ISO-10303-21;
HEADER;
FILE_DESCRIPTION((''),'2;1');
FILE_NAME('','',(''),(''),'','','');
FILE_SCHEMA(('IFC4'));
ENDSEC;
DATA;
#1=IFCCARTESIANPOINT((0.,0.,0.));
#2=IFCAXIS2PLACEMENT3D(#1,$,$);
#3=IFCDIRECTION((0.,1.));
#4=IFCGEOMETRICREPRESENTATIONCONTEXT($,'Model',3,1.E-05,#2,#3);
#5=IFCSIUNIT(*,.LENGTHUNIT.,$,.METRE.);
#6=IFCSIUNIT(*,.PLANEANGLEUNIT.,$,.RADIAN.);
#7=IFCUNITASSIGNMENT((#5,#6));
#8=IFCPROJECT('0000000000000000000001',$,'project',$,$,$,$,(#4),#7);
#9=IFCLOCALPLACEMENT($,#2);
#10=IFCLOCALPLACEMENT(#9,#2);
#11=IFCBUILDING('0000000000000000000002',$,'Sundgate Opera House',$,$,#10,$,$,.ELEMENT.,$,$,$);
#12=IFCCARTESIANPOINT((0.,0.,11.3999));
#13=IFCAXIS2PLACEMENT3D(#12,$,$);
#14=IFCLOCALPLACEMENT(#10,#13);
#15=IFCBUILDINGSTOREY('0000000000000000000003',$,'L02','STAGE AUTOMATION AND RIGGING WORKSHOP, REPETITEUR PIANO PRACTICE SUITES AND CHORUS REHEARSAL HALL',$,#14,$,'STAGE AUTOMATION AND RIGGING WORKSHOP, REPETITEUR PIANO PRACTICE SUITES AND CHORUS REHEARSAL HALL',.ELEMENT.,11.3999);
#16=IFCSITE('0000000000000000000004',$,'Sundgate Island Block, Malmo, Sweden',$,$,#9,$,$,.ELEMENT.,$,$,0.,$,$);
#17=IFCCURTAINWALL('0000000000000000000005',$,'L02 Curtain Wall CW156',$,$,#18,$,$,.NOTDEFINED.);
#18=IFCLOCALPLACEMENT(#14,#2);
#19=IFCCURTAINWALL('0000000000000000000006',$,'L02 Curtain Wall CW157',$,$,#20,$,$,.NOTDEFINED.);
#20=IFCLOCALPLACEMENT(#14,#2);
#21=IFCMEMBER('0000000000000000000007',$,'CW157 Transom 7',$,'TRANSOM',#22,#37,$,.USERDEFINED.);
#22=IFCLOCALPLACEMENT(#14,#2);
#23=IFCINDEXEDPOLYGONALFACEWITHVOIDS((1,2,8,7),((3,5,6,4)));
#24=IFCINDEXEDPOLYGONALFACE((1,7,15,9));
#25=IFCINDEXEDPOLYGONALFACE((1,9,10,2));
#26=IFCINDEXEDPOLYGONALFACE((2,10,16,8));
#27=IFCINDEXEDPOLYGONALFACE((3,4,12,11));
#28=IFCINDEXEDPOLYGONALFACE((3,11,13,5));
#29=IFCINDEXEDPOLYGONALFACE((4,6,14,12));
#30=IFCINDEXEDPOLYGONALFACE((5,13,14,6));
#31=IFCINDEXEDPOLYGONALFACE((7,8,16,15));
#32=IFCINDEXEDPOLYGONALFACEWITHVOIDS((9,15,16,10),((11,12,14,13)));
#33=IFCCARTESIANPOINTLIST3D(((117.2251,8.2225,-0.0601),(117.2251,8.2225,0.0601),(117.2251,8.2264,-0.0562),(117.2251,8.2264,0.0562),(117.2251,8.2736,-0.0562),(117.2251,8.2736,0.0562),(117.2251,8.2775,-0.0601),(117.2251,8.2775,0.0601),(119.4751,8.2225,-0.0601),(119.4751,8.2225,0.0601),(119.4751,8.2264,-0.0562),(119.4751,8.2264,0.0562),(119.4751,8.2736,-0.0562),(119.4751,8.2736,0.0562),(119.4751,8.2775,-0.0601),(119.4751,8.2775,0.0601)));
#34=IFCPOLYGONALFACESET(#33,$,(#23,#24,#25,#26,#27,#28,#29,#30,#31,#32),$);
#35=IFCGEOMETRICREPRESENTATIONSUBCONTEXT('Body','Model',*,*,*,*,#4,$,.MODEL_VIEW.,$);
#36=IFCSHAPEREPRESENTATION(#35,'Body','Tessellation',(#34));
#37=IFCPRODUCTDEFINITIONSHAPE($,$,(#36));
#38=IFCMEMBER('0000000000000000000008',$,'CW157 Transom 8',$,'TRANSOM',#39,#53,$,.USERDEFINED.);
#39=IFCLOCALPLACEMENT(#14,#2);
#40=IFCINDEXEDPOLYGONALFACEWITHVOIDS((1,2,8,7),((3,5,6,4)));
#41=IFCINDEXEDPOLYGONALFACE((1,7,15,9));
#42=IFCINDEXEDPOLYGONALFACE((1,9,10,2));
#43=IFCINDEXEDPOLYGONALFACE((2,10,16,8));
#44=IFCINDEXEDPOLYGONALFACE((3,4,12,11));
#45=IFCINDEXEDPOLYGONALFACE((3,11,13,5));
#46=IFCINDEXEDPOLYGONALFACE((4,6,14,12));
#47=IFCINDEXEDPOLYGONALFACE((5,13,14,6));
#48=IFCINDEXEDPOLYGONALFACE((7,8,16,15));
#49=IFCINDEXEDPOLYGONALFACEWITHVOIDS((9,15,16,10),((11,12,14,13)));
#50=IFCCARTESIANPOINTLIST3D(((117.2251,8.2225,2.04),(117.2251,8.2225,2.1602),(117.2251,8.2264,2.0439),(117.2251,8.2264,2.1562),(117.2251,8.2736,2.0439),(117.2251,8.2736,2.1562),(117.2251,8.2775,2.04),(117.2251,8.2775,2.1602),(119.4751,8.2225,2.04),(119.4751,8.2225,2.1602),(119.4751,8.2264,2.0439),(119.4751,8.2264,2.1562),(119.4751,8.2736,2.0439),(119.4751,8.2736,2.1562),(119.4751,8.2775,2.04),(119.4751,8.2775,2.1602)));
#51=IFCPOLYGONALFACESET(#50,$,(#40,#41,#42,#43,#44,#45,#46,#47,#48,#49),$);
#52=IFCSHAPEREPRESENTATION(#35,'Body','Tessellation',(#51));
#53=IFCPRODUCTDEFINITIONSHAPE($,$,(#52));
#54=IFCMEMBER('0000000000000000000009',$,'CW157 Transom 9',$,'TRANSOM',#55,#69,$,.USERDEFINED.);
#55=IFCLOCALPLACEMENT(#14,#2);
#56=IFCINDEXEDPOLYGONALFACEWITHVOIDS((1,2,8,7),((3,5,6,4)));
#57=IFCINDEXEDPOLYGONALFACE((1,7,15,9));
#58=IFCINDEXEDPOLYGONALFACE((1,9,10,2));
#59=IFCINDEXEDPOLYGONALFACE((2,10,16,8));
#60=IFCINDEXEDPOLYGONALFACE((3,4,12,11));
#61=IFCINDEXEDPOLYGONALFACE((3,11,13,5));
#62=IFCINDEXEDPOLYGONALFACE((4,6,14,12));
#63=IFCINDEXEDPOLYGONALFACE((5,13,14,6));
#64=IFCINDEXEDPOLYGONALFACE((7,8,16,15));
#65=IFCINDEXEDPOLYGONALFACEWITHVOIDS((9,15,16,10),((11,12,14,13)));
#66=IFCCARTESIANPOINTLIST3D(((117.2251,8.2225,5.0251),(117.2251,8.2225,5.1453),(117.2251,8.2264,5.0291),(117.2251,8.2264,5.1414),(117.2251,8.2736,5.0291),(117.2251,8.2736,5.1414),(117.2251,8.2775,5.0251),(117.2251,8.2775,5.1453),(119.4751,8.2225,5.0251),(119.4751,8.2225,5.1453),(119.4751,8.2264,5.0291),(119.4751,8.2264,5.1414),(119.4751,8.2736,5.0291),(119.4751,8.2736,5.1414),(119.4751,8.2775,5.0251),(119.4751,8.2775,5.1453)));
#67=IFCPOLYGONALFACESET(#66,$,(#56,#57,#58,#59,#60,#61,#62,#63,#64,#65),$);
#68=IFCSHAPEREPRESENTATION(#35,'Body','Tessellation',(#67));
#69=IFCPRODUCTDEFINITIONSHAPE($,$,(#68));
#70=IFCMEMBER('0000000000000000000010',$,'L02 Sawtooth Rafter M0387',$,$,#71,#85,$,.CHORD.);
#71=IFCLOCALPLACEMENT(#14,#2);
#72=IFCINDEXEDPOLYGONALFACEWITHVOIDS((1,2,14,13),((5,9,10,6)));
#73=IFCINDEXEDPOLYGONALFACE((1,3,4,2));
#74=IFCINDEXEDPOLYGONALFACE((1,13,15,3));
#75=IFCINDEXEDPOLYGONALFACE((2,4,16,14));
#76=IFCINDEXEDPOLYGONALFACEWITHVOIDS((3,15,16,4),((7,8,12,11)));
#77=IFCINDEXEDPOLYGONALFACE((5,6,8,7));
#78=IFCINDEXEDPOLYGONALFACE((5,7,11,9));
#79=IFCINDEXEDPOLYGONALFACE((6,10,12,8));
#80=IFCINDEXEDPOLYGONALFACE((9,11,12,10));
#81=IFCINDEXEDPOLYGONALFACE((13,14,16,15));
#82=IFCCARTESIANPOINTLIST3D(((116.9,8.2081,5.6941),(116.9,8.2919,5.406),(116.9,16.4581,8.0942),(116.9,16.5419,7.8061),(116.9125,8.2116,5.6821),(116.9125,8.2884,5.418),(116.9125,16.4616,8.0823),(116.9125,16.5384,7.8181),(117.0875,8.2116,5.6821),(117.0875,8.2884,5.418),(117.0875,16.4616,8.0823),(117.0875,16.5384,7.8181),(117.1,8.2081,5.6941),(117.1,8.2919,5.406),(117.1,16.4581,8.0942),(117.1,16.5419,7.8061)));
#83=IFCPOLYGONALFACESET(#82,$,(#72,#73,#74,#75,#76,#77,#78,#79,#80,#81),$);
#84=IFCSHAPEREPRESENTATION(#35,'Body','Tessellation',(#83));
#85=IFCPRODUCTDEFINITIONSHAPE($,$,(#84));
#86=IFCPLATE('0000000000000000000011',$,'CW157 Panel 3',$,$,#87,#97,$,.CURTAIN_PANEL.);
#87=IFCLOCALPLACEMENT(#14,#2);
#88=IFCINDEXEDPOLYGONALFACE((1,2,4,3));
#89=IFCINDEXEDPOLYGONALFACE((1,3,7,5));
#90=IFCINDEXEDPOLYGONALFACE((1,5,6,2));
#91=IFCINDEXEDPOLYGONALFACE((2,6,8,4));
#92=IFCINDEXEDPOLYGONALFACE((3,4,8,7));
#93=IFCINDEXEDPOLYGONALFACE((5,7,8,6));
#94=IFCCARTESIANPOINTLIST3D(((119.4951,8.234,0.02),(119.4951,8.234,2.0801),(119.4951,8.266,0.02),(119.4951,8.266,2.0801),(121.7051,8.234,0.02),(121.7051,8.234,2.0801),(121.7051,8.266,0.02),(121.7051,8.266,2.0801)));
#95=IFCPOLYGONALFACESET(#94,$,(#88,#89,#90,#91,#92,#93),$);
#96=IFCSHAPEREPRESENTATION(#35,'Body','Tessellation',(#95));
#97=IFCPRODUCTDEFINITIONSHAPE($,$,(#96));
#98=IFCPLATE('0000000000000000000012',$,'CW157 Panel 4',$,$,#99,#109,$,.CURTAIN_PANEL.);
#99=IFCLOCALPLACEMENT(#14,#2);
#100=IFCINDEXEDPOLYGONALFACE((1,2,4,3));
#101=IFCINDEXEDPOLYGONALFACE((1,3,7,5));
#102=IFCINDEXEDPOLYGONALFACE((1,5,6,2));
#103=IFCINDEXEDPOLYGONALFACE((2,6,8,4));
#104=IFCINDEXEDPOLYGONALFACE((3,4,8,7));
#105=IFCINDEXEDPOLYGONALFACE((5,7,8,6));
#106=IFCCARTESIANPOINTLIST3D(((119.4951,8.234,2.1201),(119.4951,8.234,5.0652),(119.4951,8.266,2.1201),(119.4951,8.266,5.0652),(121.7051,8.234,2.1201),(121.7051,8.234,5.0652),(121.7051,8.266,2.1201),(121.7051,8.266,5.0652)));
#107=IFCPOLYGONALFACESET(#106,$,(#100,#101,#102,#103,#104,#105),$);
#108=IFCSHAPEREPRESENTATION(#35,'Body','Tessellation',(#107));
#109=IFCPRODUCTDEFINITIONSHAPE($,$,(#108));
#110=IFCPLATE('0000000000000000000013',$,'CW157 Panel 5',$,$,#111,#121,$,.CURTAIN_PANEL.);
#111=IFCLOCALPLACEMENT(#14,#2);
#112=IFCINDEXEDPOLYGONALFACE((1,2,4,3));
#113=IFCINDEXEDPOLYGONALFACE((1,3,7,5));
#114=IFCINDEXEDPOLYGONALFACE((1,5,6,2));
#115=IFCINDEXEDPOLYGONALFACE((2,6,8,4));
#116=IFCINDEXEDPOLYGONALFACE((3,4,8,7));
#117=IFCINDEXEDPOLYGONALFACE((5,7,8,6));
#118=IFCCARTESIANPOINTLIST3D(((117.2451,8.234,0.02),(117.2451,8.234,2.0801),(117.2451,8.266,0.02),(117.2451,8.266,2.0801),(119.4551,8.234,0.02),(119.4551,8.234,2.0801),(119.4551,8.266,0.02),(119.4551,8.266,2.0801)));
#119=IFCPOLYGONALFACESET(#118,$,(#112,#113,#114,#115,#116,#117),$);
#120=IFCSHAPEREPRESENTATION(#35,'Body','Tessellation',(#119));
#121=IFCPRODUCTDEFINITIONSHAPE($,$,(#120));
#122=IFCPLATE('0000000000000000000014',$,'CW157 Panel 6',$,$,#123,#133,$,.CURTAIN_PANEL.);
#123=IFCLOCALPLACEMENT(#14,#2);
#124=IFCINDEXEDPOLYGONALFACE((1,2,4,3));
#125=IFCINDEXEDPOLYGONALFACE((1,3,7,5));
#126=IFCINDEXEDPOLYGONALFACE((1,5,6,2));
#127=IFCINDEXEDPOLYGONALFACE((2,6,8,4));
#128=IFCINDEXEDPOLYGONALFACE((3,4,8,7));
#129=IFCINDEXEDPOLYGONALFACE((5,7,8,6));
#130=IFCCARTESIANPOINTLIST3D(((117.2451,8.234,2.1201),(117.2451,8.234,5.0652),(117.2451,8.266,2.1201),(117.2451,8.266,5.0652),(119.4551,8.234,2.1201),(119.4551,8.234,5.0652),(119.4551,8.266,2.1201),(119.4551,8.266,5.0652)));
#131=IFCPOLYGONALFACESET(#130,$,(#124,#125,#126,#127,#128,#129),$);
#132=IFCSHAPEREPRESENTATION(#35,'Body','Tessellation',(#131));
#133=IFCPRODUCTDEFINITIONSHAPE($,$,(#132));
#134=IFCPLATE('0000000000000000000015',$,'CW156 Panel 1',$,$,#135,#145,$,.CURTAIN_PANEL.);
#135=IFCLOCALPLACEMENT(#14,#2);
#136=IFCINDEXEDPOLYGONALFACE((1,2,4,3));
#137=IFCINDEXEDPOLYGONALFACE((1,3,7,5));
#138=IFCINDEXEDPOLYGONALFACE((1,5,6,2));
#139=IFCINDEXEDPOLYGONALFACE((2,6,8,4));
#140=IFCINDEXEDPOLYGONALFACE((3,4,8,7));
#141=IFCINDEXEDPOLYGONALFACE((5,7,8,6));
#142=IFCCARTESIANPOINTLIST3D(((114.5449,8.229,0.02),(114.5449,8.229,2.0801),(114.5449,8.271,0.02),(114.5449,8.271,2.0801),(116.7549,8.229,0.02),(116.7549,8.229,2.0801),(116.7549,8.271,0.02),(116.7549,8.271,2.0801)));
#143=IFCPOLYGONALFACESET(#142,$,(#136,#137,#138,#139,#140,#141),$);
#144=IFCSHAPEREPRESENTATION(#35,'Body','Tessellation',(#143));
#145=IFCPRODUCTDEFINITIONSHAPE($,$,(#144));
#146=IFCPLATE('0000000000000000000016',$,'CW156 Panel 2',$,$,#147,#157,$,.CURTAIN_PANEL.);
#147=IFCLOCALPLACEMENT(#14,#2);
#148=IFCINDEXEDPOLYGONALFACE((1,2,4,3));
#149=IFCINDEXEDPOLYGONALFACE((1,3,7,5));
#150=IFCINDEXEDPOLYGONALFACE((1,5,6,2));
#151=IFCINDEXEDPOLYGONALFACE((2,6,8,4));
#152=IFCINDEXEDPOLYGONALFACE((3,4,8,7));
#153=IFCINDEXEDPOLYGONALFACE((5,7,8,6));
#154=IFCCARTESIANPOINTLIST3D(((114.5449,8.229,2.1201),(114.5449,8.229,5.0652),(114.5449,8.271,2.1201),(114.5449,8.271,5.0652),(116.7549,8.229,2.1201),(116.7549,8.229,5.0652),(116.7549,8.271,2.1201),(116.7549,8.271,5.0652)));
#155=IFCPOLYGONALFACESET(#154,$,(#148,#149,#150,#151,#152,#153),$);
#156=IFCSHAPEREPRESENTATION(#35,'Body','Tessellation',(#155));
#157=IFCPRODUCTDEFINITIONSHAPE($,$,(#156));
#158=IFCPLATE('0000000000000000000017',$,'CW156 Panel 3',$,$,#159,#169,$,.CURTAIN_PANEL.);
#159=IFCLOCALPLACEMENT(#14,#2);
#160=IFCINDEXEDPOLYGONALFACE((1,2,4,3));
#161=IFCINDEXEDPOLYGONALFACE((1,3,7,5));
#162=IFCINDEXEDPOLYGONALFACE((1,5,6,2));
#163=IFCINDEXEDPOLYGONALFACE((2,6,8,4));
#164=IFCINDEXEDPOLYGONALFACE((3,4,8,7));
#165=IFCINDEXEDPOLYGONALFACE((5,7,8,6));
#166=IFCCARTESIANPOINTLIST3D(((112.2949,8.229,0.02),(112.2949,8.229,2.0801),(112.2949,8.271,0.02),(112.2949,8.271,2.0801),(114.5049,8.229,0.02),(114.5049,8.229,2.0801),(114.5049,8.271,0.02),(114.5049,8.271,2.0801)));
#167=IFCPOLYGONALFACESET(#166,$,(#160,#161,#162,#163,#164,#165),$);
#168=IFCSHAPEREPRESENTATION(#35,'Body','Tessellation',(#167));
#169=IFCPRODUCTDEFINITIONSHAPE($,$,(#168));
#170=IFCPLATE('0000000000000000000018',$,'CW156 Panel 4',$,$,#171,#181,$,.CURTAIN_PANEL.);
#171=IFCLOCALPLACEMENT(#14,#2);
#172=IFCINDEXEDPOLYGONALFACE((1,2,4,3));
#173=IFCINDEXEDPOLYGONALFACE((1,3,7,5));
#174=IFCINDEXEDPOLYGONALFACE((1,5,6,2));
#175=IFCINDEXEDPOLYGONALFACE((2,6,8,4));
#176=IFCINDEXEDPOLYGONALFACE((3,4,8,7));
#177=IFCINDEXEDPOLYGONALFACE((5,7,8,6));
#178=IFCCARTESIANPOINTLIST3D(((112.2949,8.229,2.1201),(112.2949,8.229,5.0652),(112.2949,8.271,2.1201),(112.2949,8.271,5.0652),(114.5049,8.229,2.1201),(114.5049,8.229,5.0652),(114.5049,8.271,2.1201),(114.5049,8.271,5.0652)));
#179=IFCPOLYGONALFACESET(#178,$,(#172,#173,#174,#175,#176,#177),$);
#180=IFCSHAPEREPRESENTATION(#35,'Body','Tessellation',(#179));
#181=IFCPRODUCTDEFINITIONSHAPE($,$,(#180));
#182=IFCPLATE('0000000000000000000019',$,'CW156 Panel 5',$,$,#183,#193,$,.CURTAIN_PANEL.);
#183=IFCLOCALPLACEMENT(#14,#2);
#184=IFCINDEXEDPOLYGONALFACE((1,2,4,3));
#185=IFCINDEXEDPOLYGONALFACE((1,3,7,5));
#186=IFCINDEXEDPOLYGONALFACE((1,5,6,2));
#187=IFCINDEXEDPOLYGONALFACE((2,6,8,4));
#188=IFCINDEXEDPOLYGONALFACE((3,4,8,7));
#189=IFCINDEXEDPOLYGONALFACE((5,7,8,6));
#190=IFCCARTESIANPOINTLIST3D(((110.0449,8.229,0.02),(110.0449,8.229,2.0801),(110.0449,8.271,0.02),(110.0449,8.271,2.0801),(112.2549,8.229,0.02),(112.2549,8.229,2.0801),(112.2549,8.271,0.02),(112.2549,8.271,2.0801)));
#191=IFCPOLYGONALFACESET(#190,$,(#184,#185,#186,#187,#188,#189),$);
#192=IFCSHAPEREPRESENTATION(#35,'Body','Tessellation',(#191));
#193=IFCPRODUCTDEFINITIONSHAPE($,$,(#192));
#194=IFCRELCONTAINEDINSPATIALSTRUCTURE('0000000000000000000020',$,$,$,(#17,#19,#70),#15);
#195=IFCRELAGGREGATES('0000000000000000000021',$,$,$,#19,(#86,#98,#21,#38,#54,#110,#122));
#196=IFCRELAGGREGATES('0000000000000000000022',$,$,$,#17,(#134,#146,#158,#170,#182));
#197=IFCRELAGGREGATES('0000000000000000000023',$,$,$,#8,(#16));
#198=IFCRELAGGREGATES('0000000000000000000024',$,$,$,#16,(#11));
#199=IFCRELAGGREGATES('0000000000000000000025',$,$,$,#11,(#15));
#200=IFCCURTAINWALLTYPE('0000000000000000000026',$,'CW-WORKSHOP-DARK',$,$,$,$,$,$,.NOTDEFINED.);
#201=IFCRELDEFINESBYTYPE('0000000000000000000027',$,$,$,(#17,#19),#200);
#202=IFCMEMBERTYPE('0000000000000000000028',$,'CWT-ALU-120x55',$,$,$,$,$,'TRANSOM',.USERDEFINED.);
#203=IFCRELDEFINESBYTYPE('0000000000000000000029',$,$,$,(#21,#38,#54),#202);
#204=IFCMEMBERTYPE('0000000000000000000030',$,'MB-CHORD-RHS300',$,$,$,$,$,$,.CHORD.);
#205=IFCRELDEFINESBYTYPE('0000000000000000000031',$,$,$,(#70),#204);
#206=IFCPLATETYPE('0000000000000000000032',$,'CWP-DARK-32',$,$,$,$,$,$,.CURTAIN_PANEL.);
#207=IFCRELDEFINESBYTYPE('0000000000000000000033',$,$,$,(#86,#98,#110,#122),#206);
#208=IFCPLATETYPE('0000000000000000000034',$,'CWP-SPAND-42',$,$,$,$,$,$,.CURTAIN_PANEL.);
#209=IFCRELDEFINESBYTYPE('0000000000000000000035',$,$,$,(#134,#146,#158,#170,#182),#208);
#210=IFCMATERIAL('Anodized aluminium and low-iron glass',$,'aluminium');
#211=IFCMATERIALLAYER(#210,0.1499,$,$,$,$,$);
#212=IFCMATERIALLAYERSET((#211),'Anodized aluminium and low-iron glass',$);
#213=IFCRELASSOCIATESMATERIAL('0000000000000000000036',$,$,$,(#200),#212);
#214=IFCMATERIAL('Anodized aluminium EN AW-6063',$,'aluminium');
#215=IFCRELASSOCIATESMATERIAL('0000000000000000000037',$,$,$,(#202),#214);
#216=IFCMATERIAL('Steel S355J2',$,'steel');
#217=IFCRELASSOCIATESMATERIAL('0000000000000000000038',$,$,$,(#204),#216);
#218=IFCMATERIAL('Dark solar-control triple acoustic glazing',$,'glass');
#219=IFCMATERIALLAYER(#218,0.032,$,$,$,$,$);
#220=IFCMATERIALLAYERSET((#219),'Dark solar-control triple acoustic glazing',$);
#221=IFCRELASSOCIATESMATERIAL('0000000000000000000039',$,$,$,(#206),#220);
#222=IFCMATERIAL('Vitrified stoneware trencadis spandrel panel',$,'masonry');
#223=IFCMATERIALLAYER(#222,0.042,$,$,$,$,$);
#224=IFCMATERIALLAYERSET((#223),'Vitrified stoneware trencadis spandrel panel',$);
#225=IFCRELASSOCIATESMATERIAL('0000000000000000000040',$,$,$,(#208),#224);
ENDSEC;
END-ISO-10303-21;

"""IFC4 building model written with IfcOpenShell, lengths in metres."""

from ifc_helpers import new_model, si_unit, direction, frame, origin, origin_2d, place, context, subcontext, project, spatial, rectangle, hollow_rectangle, extrude, material, layer, layer_set, material_profile, profile_set, type_object, element, aggregate, save


model = new_model("IFC4")

# Units and contexts
model_context = context("Model", 3, precision=1e-05, world=origin(), true_north=direction((0.0, 1.0)))
body_context = subcontext(model_context, "Body", "Model", "MODEL_VIEW")
ifc_project = project(units=[si_unit("LENGTHUNIT", "METRE"), si_unit("PLANEANGLEUNIT", "RADIAN")], contexts=[model_context])

# Site, building, storey
site_placement = place(None, origin())
site = spatial("IfcSite", under=ifc_project, at=site_placement, Name="Sundgate Island Block, Malmo, Sweden", CompositionType="ELEMENT", RefElevation=0.0)
building_placement = place(site_placement, origin())
building = spatial("IfcBuilding", under=site, at=building_placement, Name="Sundgate Opera House", CompositionType="ELEMENT")
storey_placement = place(building_placement, frame((0.0, 0.0, 11.3999)))
storey = spatial("IfcBuildingStorey", under=building, at=storey_placement, Name="L02", Description="STAGE AUTOMATION AND RIGGING WORKSHOP, REPETITEUR PIANO PRACTICE SUITES AND CHORUS REHEARSAL HALL", LongName="STAGE AUTOMATION AND RIGGING WORKSHOP, REPETITEUR PIANO PRACTICE SUITES AND CHORUS REHEARSAL HALL", CompositionType="ELEMENT", Elevation=11.3999)

# Curtain walls
ifc_material_1 = material(Name="Anodized aluminium and low-iron glass", Category="aluminium")
ifc_layer_1 = layer(ifc_material_1, 0.1499)
ifc_layer_set_1 = layer_set([ifc_layer_1], Name="Anodized aluminium and low-iron glass")
curtain_wall_type = type_object("IfcCurtainWallType", Name="CW-WORKSHOP-DARK", PredefinedType="NOTDEFINED", material=ifc_layer_set_1)
curtain_wall_1_placement = place(storey_placement, origin())
curtain_wall_1 = element("IfcCurtainWall", 1, at=curtain_wall_1_placement, inside=storey, type_object=curtain_wall_type, Name="L02 Curtain Wall CW156", PredefinedType="NOTDEFINED")
curtain_wall_2_placement = place(storey_placement, origin())
curtain_wall_2 = element("IfcCurtainWall", 2, at=curtain_wall_2_placement, inside=storey, type_object=curtain_wall_type, Name="L02 Curtain Wall CW157", PredefinedType="NOTDEFINED")

# Members
ifc_material_2 = material(Name="Anodized aluminium EN AW-6063", Category="aluminium")
ifc_material_profile_1 = material_profile(ifc_material_2, hollow_rectangle(XDim=0.0549, YDim=0.1201, WallThickness=0.0039, at=origin_2d()), Name="CWT 120x55x4")
ifc_profile_set_1 = profile_set([ifc_material_profile_1], Name="Anodized aluminium EN AW-6063")
member_type_1 = type_object("IfcMemberType", Name="CWT-ALU-120x55", ElementType="TRANSOM", PredefinedType="USERDEFINED", material=ifc_profile_set_1)
member_1_placement = place(storey_placement, frame((119.4751, 8.25, 0.0), z_axis=(-1.0, 0.0, 0.0), x_axis=(0.0, -1.0, 0.0)))
member_1 = element("IfcMember", 3, at=member_1_placement, type_object=member_type_1, Name="CW157 Transom 7", ObjectType="TRANSOM", PredefinedType="USERDEFINED", context=body_context, shape_type="SweptSolid", body=[
    extrude(hollow_rectangle(XDim=0.0549, YDim=0.1201, WallThickness=0.0039, at=origin_2d()), origin(), (0.0, 0.0, 1.0), 2.25),
])
member_2_placement = place(storey_placement, frame((119.4751, 8.25, 2.1001), z_axis=(-1.0, 0.0, 0.0), x_axis=(0.0, -1.0, 0.0)))
member_2 = element("IfcMember", 4, at=member_2_placement, type_object=member_type_1, Name="CW157 Transom 8", ObjectType="TRANSOM", PredefinedType="USERDEFINED", context=body_context, shape_type="SweptSolid", body=[
    extrude(hollow_rectangle(XDim=0.0549, YDim=0.1201, WallThickness=0.0039, at=origin_2d()), origin(), (0.0, 0.0, 1.0), 2.25),
])
member_3_placement = place(storey_placement, frame((119.4751, 8.25, 5.0852), z_axis=(-1.0, 0.0, 0.0), x_axis=(0.0, -1.0, 0.0)))
member_3 = element("IfcMember", 5, at=member_3_placement, type_object=member_type_1, Name="CW157 Transom 9", ObjectType="TRANSOM", PredefinedType="USERDEFINED", context=body_context, shape_type="SweptSolid", body=[
    extrude(hollow_rectangle(XDim=0.0549, YDim=0.1201, WallThickness=0.0039, at=origin_2d()), origin(), (0.0, 0.0, 1.0), 2.25),
])
ifc_material_3 = material(Name="Steel S355J2", Category="steel")
ifc_material_profile_2 = material_profile(ifc_material_3, hollow_rectangle(XDim=0.2, YDim=0.3, WallThickness=0.0125, at=origin_2d()), Name="RHS 300x200x12.5")
ifc_profile_set_2 = profile_set([ifc_material_profile_2], Name="Steel S355J2")
member_type_2 = type_object("IfcMemberType", Name="MB-CHORD-RHS300", PredefinedType="CHORD", material=ifc_profile_set_2)
member_4_placement = place(storey_placement, frame((117.0, 8.25, 5.55), z_axis=(0.0, 0.960191, 0.279345), x_axis=(-1.0, 0.0, 0.0)))
element("IfcMember", 6, at=member_4_placement, inside=storey, type_object=member_type_2, Name="L02 Sawtooth Rafter M0387", PredefinedType="CHORD", context=body_context, shape_type="SweptSolid", body=[
    extrude(hollow_rectangle(XDim=0.2, YDim=0.3, WallThickness=0.0125, at=origin_2d()), origin(), (0.0, 0.0, 1.0), 8.592),
])

# Plates
ifc_material_4 = material(Name="Dark solar-control triple acoustic glazing", Category="glass")
ifc_layer_2 = layer(ifc_material_4, 0.032)
ifc_layer_set_2 = layer_set([ifc_layer_2], Name="Dark solar-control triple acoustic glazing")
plate_type_1 = type_object("IfcPlateType", Name="CWP-DARK-32", PredefinedType="CURTAIN_PANEL", material=ifc_layer_set_2)
plate_1_placement = place(storey_placement, frame((120.6001, 8.25, 0.02), z_axis=(0.0, 0.0, 1.0), x_axis=(-1.0, 0.0, 0.0)))
plate_1 = element("IfcPlate", 7, at=plate_1_placement, type_object=plate_type_1, Name="CW157 Panel 3", PredefinedType="CURTAIN_PANEL", context=body_context, shape_type="SweptSolid", body=[
    extrude(rectangle(XDim=2.21, YDim=0.032, at=origin_2d()), origin(), (0.0, 0.0, 1.0), 2.0601),
])
plate_2_placement = place(storey_placement, frame((120.6001, 8.25, 2.1201), z_axis=(0.0, 0.0, 1.0), x_axis=(-1.0, 0.0, 0.0)))
plate_2 = element("IfcPlate", 8, at=plate_2_placement, type_object=plate_type_1, Name="CW157 Panel 4", PredefinedType="CURTAIN_PANEL", context=body_context, shape_type="SweptSolid", body=[
    extrude(rectangle(XDim=2.21, YDim=0.032, at=origin_2d()), origin(), (0.0, 0.0, 1.0), 2.9451),
])
plate_3_placement = place(storey_placement, frame((118.3501, 8.25, 0.02), z_axis=(0.0, 0.0, 1.0), x_axis=(-1.0, 0.0, 0.0)))
plate_3 = element("IfcPlate", 9, at=plate_3_placement, type_object=plate_type_1, Name="CW157 Panel 5", PredefinedType="CURTAIN_PANEL", context=body_context, shape_type="SweptSolid", body=[
    extrude(rectangle(XDim=2.21, YDim=0.032, at=origin_2d()), origin(), (0.0, 0.0, 1.0), 2.0601),
])
plate_4_placement = place(storey_placement, frame((118.3501, 8.25, 2.1201), z_axis=(0.0, 0.0, 1.0), x_axis=(-1.0, 0.0, 0.0)))
plate_4 = element("IfcPlate", 10, at=plate_4_placement, type_object=plate_type_1, Name="CW157 Panel 6", PredefinedType="CURTAIN_PANEL", context=body_context, shape_type="SweptSolid", body=[
    extrude(rectangle(XDim=2.21, YDim=0.032, at=origin_2d()), origin(), (0.0, 0.0, 1.0), 2.9451),
])
aggregate(curtain_wall_2, [plate_1, plate_2, member_1, member_2, member_3, plate_3, plate_4])
ifc_material_5 = material(Name="Vitrified stoneware trencadis spandrel panel", Category="masonry")
ifc_layer_3 = layer(ifc_material_5, 0.042)
ifc_layer_set_3 = layer_set([ifc_layer_3], Name="Vitrified stoneware trencadis spandrel panel")
plate_type_2 = type_object("IfcPlateType", Name="CWP-SPAND-42", PredefinedType="CURTAIN_PANEL", material=ifc_layer_set_3)
plate_5_placement = place(storey_placement, frame((115.6499, 8.25, 0.02), z_axis=(0.0, 0.0, 1.0), x_axis=(-1.0, 0.0, 0.0)))
plate_5 = element("IfcPlate", 11, at=plate_5_placement, type_object=plate_type_2, Name="CW156 Panel 1", PredefinedType="CURTAIN_PANEL", context=body_context, shape_type="SweptSolid", body=[
    extrude(rectangle(XDim=2.21, YDim=0.042, at=origin_2d()), origin(), (0.0, 0.0, 1.0), 2.0601),
])
plate_6_placement = place(storey_placement, frame((115.6499, 8.25, 2.1201), z_axis=(0.0, 0.0, 1.0), x_axis=(-1.0, 0.0, 0.0)))
plate_6 = element("IfcPlate", 12, at=plate_6_placement, type_object=plate_type_2, Name="CW156 Panel 2", PredefinedType="CURTAIN_PANEL", context=body_context, shape_type="SweptSolid", body=[
    extrude(rectangle(XDim=2.21, YDim=0.042, at=origin_2d()), origin(), (0.0, 0.0, 1.0), 2.9451),
])
plate_7_placement = place(storey_placement, frame((113.3999, 8.25, 0.02), z_axis=(0.0, 0.0, 1.0), x_axis=(-1.0, 0.0, 0.0)))
plate_7 = element("IfcPlate", 13, at=plate_7_placement, type_object=plate_type_2, Name="CW156 Panel 3", PredefinedType="CURTAIN_PANEL", context=body_context, shape_type="SweptSolid", body=[
    extrude(rectangle(XDim=2.21, YDim=0.042, at=origin_2d()), origin(), (0.0, 0.0, 1.0), 2.0601),
])
plate_8_placement = place(storey_placement, frame((113.3999, 8.25, 2.1201), z_axis=(0.0, 0.0, 1.0), x_axis=(-1.0, 0.0, 0.0)))
plate_8 = element("IfcPlate", 14, at=plate_8_placement, type_object=plate_type_2, Name="CW156 Panel 4", PredefinedType="CURTAIN_PANEL", context=body_context, shape_type="SweptSolid", body=[
    extrude(rectangle(XDim=2.21, YDim=0.042, at=origin_2d()), origin(), (0.0, 0.0, 1.0), 2.9451),
])
plate_9_placement = place(storey_placement, frame((111.1499, 8.25, 0.02), z_axis=(0.0, 0.0, 1.0), x_axis=(-1.0, 0.0, 0.0)))
plate_9 = element("IfcPlate", 15, at=plate_9_placement, type_object=plate_type_2, Name="CW156 Panel 5", PredefinedType="CURTAIN_PANEL", context=body_context, shape_type="SweptSolid", body=[
    extrude(rectangle(XDim=2.21, YDim=0.042, at=origin_2d()), origin(), (0.0, 0.0, 1.0), 2.0601),
])
aggregate(curtain_wall_1, [plate_5, plate_6, plate_7, plate_8, plate_9])

save(model, "model.ifc")
